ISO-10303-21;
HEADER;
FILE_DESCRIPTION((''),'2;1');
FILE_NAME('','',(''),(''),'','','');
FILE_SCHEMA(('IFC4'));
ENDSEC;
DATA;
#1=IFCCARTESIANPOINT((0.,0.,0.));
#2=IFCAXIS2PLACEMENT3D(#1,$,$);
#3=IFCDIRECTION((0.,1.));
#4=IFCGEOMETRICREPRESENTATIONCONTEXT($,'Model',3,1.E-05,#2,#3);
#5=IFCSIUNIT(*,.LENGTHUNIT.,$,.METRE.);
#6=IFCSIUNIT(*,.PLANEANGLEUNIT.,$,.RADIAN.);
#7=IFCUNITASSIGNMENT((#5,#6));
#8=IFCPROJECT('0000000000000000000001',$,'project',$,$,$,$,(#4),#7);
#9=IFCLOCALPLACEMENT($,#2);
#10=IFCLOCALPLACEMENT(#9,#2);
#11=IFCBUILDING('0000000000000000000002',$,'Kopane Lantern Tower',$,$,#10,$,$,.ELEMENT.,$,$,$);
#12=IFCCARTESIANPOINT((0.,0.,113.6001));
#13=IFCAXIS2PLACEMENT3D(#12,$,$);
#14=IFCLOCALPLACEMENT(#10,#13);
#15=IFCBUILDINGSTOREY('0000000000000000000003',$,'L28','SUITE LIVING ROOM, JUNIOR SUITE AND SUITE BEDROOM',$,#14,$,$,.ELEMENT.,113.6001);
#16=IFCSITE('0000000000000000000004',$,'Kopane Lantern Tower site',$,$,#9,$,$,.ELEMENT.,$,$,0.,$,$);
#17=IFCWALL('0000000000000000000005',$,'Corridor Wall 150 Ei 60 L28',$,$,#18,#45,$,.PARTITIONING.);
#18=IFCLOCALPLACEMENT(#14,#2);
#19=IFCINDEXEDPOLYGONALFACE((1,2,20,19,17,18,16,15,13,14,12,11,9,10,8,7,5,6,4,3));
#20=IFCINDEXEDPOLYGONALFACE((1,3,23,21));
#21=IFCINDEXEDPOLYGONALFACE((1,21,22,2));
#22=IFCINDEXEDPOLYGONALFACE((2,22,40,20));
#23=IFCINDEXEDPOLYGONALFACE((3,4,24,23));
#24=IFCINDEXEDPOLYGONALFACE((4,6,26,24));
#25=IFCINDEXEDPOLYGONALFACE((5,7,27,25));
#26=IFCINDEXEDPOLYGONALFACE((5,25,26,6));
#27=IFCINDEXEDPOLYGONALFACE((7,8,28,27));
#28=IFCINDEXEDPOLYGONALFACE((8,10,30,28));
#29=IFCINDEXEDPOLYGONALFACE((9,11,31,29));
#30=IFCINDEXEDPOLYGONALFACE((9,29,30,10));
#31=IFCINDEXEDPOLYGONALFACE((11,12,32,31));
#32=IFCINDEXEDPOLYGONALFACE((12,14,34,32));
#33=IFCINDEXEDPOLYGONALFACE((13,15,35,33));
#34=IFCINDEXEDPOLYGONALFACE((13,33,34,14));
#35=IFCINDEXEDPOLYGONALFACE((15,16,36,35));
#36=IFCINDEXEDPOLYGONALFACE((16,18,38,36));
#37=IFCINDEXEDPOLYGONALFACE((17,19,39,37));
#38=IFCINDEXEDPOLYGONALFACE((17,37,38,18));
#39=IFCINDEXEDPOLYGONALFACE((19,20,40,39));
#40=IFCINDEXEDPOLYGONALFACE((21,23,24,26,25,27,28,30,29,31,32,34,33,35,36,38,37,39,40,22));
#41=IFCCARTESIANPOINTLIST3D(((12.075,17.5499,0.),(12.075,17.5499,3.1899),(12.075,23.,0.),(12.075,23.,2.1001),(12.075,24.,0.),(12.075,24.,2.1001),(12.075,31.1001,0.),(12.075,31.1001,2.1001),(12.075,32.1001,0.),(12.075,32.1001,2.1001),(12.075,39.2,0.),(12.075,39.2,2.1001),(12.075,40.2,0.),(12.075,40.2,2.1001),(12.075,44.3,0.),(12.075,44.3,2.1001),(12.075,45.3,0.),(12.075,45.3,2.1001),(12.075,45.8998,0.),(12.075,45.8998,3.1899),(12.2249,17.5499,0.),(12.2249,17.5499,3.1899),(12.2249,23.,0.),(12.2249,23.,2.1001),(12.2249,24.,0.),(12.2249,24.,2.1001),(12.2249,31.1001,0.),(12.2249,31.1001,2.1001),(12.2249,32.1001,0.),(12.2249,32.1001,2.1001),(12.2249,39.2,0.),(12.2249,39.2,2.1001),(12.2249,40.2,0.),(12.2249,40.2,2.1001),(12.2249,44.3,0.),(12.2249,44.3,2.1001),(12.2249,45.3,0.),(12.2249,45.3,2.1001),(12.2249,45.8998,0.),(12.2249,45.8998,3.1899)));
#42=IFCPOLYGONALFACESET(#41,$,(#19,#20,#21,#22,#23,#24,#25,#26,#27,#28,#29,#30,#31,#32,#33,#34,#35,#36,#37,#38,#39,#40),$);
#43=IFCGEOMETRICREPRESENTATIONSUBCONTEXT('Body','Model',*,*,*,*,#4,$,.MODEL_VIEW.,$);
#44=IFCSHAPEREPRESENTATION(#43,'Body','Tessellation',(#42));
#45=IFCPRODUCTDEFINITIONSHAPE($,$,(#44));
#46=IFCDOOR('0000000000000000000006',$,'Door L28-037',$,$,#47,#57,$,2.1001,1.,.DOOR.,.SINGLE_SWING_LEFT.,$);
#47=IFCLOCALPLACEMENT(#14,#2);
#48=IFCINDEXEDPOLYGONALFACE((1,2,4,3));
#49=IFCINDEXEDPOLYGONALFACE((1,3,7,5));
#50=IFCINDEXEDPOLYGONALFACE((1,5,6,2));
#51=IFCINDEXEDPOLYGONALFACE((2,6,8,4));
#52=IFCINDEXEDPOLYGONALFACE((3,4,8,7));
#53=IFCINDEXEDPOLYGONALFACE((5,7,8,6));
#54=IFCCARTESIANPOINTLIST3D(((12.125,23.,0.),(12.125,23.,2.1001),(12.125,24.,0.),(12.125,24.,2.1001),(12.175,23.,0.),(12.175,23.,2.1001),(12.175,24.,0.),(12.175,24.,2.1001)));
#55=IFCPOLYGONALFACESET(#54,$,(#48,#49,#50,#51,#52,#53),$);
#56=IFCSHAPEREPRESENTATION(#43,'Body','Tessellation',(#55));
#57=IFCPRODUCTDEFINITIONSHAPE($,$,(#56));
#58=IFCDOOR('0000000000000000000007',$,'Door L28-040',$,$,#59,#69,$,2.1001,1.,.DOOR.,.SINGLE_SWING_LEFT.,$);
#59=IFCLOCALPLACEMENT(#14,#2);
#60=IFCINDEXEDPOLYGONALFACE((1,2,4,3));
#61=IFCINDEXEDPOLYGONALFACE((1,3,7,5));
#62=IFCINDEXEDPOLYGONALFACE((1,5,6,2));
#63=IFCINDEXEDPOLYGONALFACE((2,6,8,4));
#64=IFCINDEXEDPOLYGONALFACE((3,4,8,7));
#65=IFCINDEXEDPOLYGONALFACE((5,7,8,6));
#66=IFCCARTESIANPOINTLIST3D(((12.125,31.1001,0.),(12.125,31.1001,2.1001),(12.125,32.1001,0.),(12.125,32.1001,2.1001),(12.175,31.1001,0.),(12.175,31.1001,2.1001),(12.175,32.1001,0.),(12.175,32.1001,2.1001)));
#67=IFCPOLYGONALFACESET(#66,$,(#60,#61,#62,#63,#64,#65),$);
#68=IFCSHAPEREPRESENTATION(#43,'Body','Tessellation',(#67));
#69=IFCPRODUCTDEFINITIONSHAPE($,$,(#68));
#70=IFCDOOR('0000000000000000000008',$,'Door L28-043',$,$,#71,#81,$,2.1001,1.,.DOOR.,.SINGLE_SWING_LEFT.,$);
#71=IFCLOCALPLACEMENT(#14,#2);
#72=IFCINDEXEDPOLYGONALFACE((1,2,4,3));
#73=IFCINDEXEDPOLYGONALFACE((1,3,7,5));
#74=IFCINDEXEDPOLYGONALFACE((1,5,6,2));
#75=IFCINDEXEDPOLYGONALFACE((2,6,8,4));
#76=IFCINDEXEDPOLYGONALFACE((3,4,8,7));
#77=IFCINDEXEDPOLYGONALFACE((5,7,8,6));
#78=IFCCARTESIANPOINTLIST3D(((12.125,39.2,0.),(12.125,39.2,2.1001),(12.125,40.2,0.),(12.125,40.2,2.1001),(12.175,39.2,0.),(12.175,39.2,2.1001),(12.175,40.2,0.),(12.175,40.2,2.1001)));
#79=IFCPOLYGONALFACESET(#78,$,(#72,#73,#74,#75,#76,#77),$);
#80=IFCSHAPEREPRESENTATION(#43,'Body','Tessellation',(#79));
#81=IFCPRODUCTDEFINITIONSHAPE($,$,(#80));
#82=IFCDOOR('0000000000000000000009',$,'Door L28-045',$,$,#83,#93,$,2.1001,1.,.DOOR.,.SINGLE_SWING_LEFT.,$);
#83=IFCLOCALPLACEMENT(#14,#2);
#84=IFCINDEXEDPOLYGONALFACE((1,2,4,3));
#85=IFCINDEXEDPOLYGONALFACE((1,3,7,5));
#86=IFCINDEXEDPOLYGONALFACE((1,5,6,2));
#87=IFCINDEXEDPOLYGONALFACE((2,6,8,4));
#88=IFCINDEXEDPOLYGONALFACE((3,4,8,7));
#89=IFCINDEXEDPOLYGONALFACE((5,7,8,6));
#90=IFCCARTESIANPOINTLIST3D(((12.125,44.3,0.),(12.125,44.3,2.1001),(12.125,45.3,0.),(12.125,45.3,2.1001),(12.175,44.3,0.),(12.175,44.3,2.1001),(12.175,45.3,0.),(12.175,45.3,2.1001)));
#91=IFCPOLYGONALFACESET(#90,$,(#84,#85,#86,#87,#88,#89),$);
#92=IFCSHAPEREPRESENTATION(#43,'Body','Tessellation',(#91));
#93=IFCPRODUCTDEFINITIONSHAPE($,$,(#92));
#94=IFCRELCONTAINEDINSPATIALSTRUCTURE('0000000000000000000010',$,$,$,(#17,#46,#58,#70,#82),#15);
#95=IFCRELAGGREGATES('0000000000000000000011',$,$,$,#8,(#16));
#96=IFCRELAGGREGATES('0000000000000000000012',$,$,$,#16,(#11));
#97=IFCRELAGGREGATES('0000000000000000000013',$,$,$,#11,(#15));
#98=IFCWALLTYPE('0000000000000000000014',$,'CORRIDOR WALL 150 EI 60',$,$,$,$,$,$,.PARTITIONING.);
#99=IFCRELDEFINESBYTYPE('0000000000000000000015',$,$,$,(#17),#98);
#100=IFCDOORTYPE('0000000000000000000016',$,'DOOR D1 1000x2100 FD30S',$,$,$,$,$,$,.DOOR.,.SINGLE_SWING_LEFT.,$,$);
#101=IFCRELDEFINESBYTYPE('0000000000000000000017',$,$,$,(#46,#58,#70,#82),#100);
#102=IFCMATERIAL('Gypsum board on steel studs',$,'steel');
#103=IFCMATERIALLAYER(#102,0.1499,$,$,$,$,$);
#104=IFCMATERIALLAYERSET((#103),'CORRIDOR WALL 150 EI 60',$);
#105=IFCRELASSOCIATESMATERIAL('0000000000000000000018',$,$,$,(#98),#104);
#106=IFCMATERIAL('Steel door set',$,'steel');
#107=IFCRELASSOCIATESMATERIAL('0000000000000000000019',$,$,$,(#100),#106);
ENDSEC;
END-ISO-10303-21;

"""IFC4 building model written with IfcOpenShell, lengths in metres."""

from ifc_helpers import new_model, si_unit, direction, frame, frame_2d, origin, place, context, subcontext, project, spatial, rectangle, extrude, material, layer, layer_set, type_object, element, fill, save


model = new_model("IFC4")

# Units and contexts
model_context = context("Model", 3, precision=1e-05, world=origin(), true_north=direction((0.0, 1.0)))
body_context = subcontext(model_context, "Body", "Model", "MODEL_VIEW")
ifc_project = project(units=[si_unit("LENGTHUNIT", "METRE"), si_unit("PLANEANGLEUNIT", "RADIAN")], contexts=[model_context])

# Site, building, storey
site_placement = place(None, origin())
site = spatial("IfcSite", under=ifc_project, at=site_placement, Name="Kopane Lantern Tower site", CompositionType="ELEMENT", RefElevation=0.0)
building_placement = place(site_placement, origin())
building = spatial("IfcBuilding", under=site, at=building_placement, Name="Kopane Lantern Tower", CompositionType="ELEMENT")
storey_placement = place(building_placement, frame((0.0, 0.0, 113.6001)))
storey = spatial("IfcBuildingStorey", under=building, at=storey_placement, Name="L28", Description="SUITE LIVING ROOM, JUNIOR SUITE AND SUITE BEDROOM", CompositionType="ELEMENT", Elevation=113.6001)

# Wall, openings, doors
ifc_material_1 = material(Name="Gypsum board on steel studs", Category="steel")
ifc_layer_1 = layer(ifc_material_1, 0.1499)
ifc_layer_set_1 = layer_set([ifc_layer_1], Name="CORRIDOR WALL 150 EI 60")
wall_type_1 = type_object("IfcWallType", Name="CORRIDOR WALL 150 EI 60", PredefinedType="PARTITIONING", material=ifc_layer_set_1)
ifc_material_2 = material(Name="Steel door set", Category="steel")
door_type_1 = type_object("IfcDoorType", Name="DOOR D1 1000x2100 FD30S", OperationType="SINGLE_SWING_LEFT", PredefinedType="DOOR", material=ifc_material_2)
wall_1_placement = place(storey_placement, frame((12.1499, 17.55, 0.0), z_axis=(0.0, 0.0, 1.0), x_axis=(0.0, 1.0, 0.0)))
wall_1 = element("IfcWall", 1, at=wall_1_placement, inside=storey, type_object=wall_type_1, Name="Corridor Wall 150 Ei 60 L28", PredefinedType="PARTITIONING", context=body_context, shape_type="SweptSolid", body=[
    extrude(rectangle(XDim=28.3499, YDim=0.1499, at=frame_2d((14.1748, 0.0))), origin(), (0.0, 0.0, 1.0), 3.1899),
])
opening_1_placement = place(wall_1_placement, frame((5.45, 0.0, 0.0)))
opening_1 = element("IfcOpeningElement", 2, at=opening_1_placement, cuts=wall_1, PredefinedType="OPENING", context=body_context, shape_type="SweptSolid", body=[
    extrude(rectangle(XDim=1.0, YDim=2.1001, at=frame_2d((0.5, 1.05))), frame((0.0, 0.085, 0.0), z_axis=(0.0, -1.0, 0.0), x_axis=(1.0, 0.0, 0.0)), (0.0, 0.0, 1.0), 0.1699),
])
opening_2_placement = place(wall_1_placement, frame((13.55, 0.0, 0.0)))
opening_2 = element("IfcOpeningElement", 3, at=opening_2_placement, cuts=wall_1, PredefinedType="OPENING", context=body_context, shape_type="SweptSolid", body=[
    extrude(rectangle(XDim=1.0, YDim=2.1001, at=frame_2d((0.5, 1.05))), frame((0.0, 0.085, 0.0), z_axis=(0.0, -1.0, 0.0), x_axis=(1.0, 0.0, 0.0)), (0.0, 0.0, 1.0), 0.1699),
])
opening_3_placement = place(wall_1_placement, frame((21.6499, 0.0, 0.0)))
opening_3 = element("IfcOpeningElement", 4, at=opening_3_placement, cuts=wall_1, PredefinedType="OPENING", context=body_context, shape_type="SweptSolid", body=[
    extrude(rectangle(XDim=1.0, YDim=2.1001, at=frame_2d((0.5, 1.05))), frame((0.0, 0.085, 0.0), z_axis=(0.0, -1.0, 0.0), x_axis=(1.0, 0.0, 0.0)), (0.0, 0.0, 1.0), 0.1699),
])
opening_4_placement = place(wall_1_placement, frame((26.75, 0.0, 0.0)))
opening_4 = element("IfcOpeningElement", 5, at=opening_4_placement, cuts=wall_1, PredefinedType="OPENING", context=body_context, shape_type="SweptSolid", body=[
    extrude(rectangle(XDim=1.0, YDim=2.1001, at=frame_2d((0.5, 1.05))), frame((0.0, 0.085, 0.0), z_axis=(0.0, -1.0, 0.0), x_axis=(1.0, 0.0, 0.0)), (0.0, 0.0, 1.0), 0.1699),
])
door_1_placement = place(opening_1_placement, origin())
door_1 = element("IfcDoor", 6, at=door_1_placement, inside=storey, type_object=door_type_1, Name="Door L28-037", OperationType="SINGLE_SWING_LEFT", OverallHeight=2.1001, OverallWidth=1.0, PredefinedType="DOOR", context=body_context, shape_type="SweptSolid", body=[
    extrude(rectangle(XDim=1.0, YDim=2.1001, at=frame_2d((0.5, 1.05))), frame((0.0, 0.0249, 0.0), z_axis=(0.0, -1.0, 0.0), x_axis=(1.0, 0.0, 0.0)), (0.0, 0.0, 1.0), 0.05),
])
fill(opening_1, door_1)
door_2_placement = place(opening_2_placement, origin())
door_2 = element("IfcDoor", 7, at=door_2_placement, inside=storey, type_object=door_type_1, Name="Door L28-040", OperationType="SINGLE_SWING_LEFT", OverallHeight=2.1001, OverallWidth=1.0, PredefinedType="DOOR", context=body_context, shape_type="SweptSolid", body=[
    extrude(rectangle(XDim=1.0, YDim=2.1001, at=frame_2d((0.5, 1.05))), frame((0.0, 0.0249, 0.0), z_axis=(0.0, -1.0, 0.0), x_axis=(1.0, 0.0, 0.0)), (0.0, 0.0, 1.0), 0.05),
])
fill(opening_2, door_2)
door_3_placement = place(opening_3_placement, origin())
door_3 = element("IfcDoor", 8, at=door_3_placement, inside=storey, type_object=door_type_1, Name="Door L28-043", OperationType="SINGLE_SWING_LEFT", OverallHeight=2.1001, OverallWidth=1.0, PredefinedType="DOOR", context=body_context, shape_type="SweptSolid", body=[
    extrude(rectangle(XDim=1.0, YDim=2.1001, at=frame_2d((0.5, 1.05))), frame((0.0, 0.0249, 0.0), z_axis=(0.0, -1.0, 0.0), x_axis=(1.0, 0.0, 0.0)), (0.0, 0.0, 1.0), 0.05),
])
fill(opening_3, door_3)
door_4_placement = place(opening_4_placement, origin())
door_4 = element("IfcDoor", 9, at=door_4_placement, inside=storey, type_object=door_type_1, Name="Door L28-045", OperationType="SINGLE_SWING_LEFT", OverallHeight=2.1001, OverallWidth=1.0, PredefinedType="DOOR", context=body_context, shape_type="SweptSolid", body=[
    extrude(rectangle(XDim=1.0, YDim=2.1001, at=frame_2d((0.5, 1.05))), frame((0.0, 0.0249, 0.0), z_axis=(0.0, -1.0, 0.0), x_axis=(1.0, 0.0, 0.0)), (0.0, 0.0, 1.0), 0.05),
])
fill(opening_4, door_4)

save(model, "model.ifc")
